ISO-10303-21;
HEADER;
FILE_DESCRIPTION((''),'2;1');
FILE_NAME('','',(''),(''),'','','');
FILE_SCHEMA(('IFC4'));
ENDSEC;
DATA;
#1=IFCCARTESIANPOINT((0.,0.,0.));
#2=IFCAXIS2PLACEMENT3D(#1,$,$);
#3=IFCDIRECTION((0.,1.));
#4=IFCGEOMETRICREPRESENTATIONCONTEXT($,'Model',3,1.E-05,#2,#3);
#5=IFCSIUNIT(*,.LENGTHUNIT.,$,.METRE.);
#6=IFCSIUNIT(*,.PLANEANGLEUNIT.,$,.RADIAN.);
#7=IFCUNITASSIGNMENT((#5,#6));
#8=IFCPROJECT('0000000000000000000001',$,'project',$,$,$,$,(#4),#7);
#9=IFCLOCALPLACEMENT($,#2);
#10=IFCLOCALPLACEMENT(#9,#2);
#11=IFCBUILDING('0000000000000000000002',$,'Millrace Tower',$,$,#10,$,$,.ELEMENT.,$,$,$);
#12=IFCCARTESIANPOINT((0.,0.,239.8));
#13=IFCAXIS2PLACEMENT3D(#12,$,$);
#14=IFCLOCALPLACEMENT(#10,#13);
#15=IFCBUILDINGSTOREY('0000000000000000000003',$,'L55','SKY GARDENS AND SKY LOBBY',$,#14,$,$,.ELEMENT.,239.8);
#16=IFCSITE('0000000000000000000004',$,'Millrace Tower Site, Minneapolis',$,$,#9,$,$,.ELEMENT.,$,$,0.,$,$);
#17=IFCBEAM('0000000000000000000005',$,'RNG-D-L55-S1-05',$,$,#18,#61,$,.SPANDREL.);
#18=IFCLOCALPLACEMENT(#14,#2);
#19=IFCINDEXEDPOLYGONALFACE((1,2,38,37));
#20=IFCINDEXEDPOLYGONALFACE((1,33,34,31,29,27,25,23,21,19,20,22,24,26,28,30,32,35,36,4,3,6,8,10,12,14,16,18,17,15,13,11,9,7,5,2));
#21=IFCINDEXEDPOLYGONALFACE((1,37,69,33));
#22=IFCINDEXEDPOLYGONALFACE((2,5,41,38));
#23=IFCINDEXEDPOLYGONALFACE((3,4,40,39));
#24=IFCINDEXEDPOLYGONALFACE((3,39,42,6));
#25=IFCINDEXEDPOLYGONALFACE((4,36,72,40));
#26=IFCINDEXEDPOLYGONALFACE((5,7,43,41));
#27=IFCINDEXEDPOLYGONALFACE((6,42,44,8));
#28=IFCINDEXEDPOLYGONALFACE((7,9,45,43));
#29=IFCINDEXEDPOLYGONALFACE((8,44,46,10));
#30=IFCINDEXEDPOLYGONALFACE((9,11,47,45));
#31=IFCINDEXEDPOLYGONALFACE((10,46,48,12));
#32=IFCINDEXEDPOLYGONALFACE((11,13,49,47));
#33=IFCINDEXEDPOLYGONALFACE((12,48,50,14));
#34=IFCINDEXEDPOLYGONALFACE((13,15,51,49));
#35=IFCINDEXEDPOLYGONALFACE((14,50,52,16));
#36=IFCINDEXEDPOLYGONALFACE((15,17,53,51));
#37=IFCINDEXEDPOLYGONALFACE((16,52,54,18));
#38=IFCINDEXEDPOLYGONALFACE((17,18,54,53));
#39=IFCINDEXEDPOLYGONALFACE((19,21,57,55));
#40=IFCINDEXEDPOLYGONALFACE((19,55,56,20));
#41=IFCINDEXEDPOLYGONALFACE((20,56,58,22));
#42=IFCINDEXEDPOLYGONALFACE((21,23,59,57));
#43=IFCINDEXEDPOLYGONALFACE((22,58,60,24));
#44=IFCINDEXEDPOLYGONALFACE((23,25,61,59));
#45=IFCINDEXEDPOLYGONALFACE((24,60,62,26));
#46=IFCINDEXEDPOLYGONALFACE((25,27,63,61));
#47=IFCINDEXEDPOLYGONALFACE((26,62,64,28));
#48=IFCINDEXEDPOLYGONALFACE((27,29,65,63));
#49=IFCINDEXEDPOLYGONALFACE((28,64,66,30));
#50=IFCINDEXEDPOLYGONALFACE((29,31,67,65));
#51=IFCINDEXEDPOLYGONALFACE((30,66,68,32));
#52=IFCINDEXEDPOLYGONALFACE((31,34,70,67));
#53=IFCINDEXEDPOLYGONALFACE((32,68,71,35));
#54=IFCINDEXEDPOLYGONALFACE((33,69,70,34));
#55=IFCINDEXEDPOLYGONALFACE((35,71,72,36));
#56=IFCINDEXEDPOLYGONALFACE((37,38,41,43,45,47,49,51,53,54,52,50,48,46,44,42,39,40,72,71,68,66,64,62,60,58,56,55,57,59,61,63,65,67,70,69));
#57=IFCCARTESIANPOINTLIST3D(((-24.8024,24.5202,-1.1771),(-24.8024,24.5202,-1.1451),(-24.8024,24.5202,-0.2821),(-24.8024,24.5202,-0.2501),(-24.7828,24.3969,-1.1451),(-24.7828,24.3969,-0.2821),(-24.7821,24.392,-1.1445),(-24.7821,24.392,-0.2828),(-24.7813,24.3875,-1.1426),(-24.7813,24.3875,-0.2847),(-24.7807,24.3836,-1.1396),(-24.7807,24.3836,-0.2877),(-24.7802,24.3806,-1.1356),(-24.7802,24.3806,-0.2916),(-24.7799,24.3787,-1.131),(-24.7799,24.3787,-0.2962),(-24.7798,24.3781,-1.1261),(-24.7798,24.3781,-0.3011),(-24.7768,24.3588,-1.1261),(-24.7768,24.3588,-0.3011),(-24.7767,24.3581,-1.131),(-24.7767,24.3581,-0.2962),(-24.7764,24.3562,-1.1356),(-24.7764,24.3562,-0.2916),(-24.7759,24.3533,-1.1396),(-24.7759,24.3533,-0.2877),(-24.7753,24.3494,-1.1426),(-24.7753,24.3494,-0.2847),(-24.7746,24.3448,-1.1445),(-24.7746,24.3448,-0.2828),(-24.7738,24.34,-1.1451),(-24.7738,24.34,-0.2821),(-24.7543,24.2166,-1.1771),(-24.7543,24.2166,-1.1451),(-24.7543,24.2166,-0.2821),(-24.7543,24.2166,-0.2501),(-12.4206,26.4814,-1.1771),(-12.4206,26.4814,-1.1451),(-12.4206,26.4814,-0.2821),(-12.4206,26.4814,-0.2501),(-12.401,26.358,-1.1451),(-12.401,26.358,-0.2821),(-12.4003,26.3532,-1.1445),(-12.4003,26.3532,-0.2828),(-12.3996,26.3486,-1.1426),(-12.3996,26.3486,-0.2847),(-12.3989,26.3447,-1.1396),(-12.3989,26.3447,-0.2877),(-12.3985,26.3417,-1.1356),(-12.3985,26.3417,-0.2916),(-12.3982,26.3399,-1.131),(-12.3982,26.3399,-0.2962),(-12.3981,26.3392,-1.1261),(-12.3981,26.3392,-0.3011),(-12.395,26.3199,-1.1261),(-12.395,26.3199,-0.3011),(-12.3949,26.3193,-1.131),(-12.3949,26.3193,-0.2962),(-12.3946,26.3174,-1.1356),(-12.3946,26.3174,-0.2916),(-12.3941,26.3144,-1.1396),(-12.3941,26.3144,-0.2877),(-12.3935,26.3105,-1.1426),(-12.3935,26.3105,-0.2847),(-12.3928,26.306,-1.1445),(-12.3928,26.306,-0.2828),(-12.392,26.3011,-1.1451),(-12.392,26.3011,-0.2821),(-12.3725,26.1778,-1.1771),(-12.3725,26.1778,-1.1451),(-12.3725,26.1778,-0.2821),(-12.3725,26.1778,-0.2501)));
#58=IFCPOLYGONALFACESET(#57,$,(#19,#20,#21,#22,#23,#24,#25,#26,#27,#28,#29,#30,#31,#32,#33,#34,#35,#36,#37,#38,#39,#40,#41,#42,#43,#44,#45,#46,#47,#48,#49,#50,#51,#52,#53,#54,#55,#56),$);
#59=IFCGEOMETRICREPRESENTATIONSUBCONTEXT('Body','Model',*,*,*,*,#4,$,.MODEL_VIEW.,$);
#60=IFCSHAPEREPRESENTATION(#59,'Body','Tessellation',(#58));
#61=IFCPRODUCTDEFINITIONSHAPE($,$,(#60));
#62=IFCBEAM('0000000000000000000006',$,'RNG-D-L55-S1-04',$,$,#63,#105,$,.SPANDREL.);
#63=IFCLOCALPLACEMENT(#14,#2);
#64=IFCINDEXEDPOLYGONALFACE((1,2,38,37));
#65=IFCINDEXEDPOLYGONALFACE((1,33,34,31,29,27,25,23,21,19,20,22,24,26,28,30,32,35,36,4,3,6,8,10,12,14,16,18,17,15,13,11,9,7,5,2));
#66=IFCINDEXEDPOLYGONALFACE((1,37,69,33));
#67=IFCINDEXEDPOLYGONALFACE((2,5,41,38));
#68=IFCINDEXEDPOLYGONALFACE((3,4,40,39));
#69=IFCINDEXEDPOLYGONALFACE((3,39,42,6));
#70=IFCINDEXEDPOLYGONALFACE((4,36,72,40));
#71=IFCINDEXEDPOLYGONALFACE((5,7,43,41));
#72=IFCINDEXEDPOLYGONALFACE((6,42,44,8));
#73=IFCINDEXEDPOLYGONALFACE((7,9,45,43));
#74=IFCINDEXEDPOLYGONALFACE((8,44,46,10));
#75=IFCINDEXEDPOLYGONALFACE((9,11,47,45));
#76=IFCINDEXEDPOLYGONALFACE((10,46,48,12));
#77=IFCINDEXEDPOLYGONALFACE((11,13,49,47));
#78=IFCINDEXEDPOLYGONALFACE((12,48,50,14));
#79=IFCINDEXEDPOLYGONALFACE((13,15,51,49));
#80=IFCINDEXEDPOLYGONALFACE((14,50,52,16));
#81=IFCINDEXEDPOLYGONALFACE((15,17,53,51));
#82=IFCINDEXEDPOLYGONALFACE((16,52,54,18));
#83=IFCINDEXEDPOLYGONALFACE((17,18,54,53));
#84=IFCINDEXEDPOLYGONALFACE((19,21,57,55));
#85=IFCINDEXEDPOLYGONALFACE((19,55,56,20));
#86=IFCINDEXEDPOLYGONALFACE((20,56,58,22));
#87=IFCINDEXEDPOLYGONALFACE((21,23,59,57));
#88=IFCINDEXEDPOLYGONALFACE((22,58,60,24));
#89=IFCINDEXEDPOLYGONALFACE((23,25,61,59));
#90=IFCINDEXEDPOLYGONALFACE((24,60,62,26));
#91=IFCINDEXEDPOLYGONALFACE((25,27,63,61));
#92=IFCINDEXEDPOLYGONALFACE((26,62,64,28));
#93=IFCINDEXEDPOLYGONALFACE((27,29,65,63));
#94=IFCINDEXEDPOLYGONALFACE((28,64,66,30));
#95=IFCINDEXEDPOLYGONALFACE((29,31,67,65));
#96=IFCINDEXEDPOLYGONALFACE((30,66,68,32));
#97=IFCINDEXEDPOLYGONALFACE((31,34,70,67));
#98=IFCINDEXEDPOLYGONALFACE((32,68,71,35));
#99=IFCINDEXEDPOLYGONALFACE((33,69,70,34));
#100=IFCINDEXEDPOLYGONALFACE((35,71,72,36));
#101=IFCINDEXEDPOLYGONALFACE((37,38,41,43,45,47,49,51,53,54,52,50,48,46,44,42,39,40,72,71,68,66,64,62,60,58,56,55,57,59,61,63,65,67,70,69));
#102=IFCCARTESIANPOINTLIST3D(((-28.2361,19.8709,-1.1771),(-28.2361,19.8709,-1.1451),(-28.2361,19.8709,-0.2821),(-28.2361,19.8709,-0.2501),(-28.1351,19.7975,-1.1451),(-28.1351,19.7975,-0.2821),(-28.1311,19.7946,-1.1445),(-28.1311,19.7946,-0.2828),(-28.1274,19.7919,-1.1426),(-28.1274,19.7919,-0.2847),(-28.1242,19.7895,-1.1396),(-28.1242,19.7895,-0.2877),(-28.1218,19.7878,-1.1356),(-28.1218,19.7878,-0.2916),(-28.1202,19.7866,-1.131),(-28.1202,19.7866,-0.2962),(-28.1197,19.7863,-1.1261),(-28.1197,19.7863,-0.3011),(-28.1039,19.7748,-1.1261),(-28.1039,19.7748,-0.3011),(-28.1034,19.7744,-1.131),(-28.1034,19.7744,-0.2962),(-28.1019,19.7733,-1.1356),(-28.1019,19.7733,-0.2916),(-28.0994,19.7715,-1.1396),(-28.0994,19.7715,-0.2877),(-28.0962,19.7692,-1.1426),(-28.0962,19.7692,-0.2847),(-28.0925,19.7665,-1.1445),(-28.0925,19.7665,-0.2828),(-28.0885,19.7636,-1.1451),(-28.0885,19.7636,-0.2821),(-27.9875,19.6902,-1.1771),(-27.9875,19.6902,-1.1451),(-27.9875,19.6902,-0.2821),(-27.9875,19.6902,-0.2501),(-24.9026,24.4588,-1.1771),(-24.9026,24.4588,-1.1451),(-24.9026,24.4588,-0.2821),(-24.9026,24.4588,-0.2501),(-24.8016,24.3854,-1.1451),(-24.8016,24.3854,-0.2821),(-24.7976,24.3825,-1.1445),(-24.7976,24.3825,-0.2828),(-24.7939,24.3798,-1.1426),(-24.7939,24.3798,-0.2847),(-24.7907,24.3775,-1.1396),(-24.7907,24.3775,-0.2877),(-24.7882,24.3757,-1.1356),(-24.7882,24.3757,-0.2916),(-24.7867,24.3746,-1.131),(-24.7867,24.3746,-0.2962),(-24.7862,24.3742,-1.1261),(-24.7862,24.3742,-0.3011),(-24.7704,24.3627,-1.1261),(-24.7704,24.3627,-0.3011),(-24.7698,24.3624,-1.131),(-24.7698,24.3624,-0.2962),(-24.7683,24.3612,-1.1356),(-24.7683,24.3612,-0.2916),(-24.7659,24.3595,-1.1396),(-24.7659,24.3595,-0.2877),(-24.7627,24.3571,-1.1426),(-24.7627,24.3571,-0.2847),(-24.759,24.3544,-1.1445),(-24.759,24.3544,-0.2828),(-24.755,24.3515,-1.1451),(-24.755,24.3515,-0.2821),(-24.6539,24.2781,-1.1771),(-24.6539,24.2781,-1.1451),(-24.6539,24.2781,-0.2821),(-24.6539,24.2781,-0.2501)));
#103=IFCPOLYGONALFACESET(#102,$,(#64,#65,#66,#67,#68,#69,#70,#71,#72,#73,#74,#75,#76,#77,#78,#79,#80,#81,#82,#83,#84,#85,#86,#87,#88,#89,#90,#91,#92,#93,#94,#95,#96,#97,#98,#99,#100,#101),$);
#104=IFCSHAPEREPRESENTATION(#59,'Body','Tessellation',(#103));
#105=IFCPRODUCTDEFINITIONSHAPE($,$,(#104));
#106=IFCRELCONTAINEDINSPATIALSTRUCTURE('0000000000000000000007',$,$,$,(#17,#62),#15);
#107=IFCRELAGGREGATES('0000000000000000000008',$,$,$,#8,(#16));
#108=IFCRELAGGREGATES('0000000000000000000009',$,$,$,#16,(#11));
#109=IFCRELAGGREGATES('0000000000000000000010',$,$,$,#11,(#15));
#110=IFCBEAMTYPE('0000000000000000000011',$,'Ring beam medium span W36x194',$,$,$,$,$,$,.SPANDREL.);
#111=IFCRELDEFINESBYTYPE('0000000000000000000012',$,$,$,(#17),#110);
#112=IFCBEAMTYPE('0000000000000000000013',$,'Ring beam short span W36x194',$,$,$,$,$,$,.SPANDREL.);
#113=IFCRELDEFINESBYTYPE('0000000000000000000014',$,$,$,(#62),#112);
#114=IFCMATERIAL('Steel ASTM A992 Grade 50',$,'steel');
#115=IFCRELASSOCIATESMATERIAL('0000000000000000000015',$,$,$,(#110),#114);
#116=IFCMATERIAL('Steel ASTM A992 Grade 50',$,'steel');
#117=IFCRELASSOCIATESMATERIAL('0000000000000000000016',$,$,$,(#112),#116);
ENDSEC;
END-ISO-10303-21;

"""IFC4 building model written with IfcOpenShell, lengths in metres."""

from ifc_helpers import new_model, si_unit, direction, frame, origin, origin_2d, place, context, subcontext, project, spatial, i_section, extrude, material, material_profile, profile_set, type_object, element, save


model = new_model("IFC4")

# Units and contexts
model_context = context("Model", 3, precision=1e-05, world=origin(), true_north=direction((0.0, 1.0)))
body_context = subcontext(model_context, "Body", "Model", "MODEL_VIEW")
ifc_project = project(units=[si_unit("LENGTHUNIT", "METRE"), si_unit("PLANEANGLEUNIT", "RADIAN")], contexts=[model_context])

# Site, building, storey
site_placement = place(None, origin())
site = spatial("IfcSite", under=ifc_project, at=site_placement, Name="Millrace Tower Site, Minneapolis", CompositionType="ELEMENT", RefElevation=0.0)
building_placement = place(site_placement, origin())
building = spatial("IfcBuilding", under=site, at=building_placement, Name="Millrace Tower", CompositionType="ELEMENT")
storey_placement = place(building_placement, frame((0.0, 0.0, 239.8)))
storey = spatial("IfcBuildingStorey", under=building, at=storey_placement, Name="L55", Description="SKY GARDENS AND SKY LOBBY", CompositionType="ELEMENT", Elevation=239.8)

# Beams
ifc_material_1 = material(Name="Steel ASTM A992 Grade 50", Category="steel")
ifc_material_profile_1 = material_profile(ifc_material_1, i_section(OverallWidth=0.3074, OverallDepth=0.927, WebThickness=0.0195, FlangeThickness=0.032, FilletRadius=0.019, at=origin_2d()))
ifc_profile_set_1 = profile_set([ifc_material_profile_1], Name="Steel ASTM A992 Grade 50")
beam_type_1 = type_object("IfcBeamType", Name="Ring beam medium span W36x194", PredefinedType="SPANDREL", material=ifc_profile_set_1)
beam_1_placement = place(storey_placement, frame((-24.7783, 24.3684, -0.7136), z_axis=(0.987687, 0.156442, 0.0), x_axis=(-0.156442, 0.987687, 0.0)))
element("IfcBeam", 1, at=beam_1_placement, inside=storey, type_object=beam_type_1, Name="RNG-D-L55-S1-05", PredefinedType="SPANDREL", context=body_context, shape_type="SweptSolid", body=[
    extrude(i_section(OverallWidth=0.3074, OverallDepth=0.927, WebThickness=0.0195, FlangeThickness=0.032, FilletRadius=0.019, at=origin_2d()), origin(), (0.0, 0.0, 1.0), 12.5361),
])
ifc_material_2 = material(Name="Steel ASTM A992 Grade 50", Category="steel")
ifc_material_profile_2 = material_profile(ifc_material_2, i_section(OverallWidth=0.3074, OverallDepth=0.927, WebThickness=0.0195, FlangeThickness=0.032, FilletRadius=0.019, at=origin_2d()))
ifc_profile_set_2 = profile_set([ifc_material_profile_2], Name="Steel ASTM A992 Grade 50")
beam_type_2 = type_object("IfcBeamType", Name="Ring beam short span W36x194", PredefinedType="SPANDREL", material=ifc_profile_set_2)
beam_2_placement = place(storey_placement, frame((-28.1118, 19.7805, -0.7136), z_axis=(0.587808, 0.809, 0.0), x_axis=(-0.809, 0.587808, 0.0)))
element("IfcBeam", 2, at=beam_2_placement, inside=storey, type_object=beam_type_2, Name="RNG-D-L55-S1-04", PredefinedType="SPANDREL", context=body_context, shape_type="SweptSolid", body=[
    extrude(i_section(OverallWidth=0.3074, OverallDepth=0.927, WebThickness=0.0195, FlangeThickness=0.032, FilletRadius=0.019, at=origin_2d()), origin(), (0.0, 0.0, 1.0), 5.6711),
])

save(model, "model.ifc")
